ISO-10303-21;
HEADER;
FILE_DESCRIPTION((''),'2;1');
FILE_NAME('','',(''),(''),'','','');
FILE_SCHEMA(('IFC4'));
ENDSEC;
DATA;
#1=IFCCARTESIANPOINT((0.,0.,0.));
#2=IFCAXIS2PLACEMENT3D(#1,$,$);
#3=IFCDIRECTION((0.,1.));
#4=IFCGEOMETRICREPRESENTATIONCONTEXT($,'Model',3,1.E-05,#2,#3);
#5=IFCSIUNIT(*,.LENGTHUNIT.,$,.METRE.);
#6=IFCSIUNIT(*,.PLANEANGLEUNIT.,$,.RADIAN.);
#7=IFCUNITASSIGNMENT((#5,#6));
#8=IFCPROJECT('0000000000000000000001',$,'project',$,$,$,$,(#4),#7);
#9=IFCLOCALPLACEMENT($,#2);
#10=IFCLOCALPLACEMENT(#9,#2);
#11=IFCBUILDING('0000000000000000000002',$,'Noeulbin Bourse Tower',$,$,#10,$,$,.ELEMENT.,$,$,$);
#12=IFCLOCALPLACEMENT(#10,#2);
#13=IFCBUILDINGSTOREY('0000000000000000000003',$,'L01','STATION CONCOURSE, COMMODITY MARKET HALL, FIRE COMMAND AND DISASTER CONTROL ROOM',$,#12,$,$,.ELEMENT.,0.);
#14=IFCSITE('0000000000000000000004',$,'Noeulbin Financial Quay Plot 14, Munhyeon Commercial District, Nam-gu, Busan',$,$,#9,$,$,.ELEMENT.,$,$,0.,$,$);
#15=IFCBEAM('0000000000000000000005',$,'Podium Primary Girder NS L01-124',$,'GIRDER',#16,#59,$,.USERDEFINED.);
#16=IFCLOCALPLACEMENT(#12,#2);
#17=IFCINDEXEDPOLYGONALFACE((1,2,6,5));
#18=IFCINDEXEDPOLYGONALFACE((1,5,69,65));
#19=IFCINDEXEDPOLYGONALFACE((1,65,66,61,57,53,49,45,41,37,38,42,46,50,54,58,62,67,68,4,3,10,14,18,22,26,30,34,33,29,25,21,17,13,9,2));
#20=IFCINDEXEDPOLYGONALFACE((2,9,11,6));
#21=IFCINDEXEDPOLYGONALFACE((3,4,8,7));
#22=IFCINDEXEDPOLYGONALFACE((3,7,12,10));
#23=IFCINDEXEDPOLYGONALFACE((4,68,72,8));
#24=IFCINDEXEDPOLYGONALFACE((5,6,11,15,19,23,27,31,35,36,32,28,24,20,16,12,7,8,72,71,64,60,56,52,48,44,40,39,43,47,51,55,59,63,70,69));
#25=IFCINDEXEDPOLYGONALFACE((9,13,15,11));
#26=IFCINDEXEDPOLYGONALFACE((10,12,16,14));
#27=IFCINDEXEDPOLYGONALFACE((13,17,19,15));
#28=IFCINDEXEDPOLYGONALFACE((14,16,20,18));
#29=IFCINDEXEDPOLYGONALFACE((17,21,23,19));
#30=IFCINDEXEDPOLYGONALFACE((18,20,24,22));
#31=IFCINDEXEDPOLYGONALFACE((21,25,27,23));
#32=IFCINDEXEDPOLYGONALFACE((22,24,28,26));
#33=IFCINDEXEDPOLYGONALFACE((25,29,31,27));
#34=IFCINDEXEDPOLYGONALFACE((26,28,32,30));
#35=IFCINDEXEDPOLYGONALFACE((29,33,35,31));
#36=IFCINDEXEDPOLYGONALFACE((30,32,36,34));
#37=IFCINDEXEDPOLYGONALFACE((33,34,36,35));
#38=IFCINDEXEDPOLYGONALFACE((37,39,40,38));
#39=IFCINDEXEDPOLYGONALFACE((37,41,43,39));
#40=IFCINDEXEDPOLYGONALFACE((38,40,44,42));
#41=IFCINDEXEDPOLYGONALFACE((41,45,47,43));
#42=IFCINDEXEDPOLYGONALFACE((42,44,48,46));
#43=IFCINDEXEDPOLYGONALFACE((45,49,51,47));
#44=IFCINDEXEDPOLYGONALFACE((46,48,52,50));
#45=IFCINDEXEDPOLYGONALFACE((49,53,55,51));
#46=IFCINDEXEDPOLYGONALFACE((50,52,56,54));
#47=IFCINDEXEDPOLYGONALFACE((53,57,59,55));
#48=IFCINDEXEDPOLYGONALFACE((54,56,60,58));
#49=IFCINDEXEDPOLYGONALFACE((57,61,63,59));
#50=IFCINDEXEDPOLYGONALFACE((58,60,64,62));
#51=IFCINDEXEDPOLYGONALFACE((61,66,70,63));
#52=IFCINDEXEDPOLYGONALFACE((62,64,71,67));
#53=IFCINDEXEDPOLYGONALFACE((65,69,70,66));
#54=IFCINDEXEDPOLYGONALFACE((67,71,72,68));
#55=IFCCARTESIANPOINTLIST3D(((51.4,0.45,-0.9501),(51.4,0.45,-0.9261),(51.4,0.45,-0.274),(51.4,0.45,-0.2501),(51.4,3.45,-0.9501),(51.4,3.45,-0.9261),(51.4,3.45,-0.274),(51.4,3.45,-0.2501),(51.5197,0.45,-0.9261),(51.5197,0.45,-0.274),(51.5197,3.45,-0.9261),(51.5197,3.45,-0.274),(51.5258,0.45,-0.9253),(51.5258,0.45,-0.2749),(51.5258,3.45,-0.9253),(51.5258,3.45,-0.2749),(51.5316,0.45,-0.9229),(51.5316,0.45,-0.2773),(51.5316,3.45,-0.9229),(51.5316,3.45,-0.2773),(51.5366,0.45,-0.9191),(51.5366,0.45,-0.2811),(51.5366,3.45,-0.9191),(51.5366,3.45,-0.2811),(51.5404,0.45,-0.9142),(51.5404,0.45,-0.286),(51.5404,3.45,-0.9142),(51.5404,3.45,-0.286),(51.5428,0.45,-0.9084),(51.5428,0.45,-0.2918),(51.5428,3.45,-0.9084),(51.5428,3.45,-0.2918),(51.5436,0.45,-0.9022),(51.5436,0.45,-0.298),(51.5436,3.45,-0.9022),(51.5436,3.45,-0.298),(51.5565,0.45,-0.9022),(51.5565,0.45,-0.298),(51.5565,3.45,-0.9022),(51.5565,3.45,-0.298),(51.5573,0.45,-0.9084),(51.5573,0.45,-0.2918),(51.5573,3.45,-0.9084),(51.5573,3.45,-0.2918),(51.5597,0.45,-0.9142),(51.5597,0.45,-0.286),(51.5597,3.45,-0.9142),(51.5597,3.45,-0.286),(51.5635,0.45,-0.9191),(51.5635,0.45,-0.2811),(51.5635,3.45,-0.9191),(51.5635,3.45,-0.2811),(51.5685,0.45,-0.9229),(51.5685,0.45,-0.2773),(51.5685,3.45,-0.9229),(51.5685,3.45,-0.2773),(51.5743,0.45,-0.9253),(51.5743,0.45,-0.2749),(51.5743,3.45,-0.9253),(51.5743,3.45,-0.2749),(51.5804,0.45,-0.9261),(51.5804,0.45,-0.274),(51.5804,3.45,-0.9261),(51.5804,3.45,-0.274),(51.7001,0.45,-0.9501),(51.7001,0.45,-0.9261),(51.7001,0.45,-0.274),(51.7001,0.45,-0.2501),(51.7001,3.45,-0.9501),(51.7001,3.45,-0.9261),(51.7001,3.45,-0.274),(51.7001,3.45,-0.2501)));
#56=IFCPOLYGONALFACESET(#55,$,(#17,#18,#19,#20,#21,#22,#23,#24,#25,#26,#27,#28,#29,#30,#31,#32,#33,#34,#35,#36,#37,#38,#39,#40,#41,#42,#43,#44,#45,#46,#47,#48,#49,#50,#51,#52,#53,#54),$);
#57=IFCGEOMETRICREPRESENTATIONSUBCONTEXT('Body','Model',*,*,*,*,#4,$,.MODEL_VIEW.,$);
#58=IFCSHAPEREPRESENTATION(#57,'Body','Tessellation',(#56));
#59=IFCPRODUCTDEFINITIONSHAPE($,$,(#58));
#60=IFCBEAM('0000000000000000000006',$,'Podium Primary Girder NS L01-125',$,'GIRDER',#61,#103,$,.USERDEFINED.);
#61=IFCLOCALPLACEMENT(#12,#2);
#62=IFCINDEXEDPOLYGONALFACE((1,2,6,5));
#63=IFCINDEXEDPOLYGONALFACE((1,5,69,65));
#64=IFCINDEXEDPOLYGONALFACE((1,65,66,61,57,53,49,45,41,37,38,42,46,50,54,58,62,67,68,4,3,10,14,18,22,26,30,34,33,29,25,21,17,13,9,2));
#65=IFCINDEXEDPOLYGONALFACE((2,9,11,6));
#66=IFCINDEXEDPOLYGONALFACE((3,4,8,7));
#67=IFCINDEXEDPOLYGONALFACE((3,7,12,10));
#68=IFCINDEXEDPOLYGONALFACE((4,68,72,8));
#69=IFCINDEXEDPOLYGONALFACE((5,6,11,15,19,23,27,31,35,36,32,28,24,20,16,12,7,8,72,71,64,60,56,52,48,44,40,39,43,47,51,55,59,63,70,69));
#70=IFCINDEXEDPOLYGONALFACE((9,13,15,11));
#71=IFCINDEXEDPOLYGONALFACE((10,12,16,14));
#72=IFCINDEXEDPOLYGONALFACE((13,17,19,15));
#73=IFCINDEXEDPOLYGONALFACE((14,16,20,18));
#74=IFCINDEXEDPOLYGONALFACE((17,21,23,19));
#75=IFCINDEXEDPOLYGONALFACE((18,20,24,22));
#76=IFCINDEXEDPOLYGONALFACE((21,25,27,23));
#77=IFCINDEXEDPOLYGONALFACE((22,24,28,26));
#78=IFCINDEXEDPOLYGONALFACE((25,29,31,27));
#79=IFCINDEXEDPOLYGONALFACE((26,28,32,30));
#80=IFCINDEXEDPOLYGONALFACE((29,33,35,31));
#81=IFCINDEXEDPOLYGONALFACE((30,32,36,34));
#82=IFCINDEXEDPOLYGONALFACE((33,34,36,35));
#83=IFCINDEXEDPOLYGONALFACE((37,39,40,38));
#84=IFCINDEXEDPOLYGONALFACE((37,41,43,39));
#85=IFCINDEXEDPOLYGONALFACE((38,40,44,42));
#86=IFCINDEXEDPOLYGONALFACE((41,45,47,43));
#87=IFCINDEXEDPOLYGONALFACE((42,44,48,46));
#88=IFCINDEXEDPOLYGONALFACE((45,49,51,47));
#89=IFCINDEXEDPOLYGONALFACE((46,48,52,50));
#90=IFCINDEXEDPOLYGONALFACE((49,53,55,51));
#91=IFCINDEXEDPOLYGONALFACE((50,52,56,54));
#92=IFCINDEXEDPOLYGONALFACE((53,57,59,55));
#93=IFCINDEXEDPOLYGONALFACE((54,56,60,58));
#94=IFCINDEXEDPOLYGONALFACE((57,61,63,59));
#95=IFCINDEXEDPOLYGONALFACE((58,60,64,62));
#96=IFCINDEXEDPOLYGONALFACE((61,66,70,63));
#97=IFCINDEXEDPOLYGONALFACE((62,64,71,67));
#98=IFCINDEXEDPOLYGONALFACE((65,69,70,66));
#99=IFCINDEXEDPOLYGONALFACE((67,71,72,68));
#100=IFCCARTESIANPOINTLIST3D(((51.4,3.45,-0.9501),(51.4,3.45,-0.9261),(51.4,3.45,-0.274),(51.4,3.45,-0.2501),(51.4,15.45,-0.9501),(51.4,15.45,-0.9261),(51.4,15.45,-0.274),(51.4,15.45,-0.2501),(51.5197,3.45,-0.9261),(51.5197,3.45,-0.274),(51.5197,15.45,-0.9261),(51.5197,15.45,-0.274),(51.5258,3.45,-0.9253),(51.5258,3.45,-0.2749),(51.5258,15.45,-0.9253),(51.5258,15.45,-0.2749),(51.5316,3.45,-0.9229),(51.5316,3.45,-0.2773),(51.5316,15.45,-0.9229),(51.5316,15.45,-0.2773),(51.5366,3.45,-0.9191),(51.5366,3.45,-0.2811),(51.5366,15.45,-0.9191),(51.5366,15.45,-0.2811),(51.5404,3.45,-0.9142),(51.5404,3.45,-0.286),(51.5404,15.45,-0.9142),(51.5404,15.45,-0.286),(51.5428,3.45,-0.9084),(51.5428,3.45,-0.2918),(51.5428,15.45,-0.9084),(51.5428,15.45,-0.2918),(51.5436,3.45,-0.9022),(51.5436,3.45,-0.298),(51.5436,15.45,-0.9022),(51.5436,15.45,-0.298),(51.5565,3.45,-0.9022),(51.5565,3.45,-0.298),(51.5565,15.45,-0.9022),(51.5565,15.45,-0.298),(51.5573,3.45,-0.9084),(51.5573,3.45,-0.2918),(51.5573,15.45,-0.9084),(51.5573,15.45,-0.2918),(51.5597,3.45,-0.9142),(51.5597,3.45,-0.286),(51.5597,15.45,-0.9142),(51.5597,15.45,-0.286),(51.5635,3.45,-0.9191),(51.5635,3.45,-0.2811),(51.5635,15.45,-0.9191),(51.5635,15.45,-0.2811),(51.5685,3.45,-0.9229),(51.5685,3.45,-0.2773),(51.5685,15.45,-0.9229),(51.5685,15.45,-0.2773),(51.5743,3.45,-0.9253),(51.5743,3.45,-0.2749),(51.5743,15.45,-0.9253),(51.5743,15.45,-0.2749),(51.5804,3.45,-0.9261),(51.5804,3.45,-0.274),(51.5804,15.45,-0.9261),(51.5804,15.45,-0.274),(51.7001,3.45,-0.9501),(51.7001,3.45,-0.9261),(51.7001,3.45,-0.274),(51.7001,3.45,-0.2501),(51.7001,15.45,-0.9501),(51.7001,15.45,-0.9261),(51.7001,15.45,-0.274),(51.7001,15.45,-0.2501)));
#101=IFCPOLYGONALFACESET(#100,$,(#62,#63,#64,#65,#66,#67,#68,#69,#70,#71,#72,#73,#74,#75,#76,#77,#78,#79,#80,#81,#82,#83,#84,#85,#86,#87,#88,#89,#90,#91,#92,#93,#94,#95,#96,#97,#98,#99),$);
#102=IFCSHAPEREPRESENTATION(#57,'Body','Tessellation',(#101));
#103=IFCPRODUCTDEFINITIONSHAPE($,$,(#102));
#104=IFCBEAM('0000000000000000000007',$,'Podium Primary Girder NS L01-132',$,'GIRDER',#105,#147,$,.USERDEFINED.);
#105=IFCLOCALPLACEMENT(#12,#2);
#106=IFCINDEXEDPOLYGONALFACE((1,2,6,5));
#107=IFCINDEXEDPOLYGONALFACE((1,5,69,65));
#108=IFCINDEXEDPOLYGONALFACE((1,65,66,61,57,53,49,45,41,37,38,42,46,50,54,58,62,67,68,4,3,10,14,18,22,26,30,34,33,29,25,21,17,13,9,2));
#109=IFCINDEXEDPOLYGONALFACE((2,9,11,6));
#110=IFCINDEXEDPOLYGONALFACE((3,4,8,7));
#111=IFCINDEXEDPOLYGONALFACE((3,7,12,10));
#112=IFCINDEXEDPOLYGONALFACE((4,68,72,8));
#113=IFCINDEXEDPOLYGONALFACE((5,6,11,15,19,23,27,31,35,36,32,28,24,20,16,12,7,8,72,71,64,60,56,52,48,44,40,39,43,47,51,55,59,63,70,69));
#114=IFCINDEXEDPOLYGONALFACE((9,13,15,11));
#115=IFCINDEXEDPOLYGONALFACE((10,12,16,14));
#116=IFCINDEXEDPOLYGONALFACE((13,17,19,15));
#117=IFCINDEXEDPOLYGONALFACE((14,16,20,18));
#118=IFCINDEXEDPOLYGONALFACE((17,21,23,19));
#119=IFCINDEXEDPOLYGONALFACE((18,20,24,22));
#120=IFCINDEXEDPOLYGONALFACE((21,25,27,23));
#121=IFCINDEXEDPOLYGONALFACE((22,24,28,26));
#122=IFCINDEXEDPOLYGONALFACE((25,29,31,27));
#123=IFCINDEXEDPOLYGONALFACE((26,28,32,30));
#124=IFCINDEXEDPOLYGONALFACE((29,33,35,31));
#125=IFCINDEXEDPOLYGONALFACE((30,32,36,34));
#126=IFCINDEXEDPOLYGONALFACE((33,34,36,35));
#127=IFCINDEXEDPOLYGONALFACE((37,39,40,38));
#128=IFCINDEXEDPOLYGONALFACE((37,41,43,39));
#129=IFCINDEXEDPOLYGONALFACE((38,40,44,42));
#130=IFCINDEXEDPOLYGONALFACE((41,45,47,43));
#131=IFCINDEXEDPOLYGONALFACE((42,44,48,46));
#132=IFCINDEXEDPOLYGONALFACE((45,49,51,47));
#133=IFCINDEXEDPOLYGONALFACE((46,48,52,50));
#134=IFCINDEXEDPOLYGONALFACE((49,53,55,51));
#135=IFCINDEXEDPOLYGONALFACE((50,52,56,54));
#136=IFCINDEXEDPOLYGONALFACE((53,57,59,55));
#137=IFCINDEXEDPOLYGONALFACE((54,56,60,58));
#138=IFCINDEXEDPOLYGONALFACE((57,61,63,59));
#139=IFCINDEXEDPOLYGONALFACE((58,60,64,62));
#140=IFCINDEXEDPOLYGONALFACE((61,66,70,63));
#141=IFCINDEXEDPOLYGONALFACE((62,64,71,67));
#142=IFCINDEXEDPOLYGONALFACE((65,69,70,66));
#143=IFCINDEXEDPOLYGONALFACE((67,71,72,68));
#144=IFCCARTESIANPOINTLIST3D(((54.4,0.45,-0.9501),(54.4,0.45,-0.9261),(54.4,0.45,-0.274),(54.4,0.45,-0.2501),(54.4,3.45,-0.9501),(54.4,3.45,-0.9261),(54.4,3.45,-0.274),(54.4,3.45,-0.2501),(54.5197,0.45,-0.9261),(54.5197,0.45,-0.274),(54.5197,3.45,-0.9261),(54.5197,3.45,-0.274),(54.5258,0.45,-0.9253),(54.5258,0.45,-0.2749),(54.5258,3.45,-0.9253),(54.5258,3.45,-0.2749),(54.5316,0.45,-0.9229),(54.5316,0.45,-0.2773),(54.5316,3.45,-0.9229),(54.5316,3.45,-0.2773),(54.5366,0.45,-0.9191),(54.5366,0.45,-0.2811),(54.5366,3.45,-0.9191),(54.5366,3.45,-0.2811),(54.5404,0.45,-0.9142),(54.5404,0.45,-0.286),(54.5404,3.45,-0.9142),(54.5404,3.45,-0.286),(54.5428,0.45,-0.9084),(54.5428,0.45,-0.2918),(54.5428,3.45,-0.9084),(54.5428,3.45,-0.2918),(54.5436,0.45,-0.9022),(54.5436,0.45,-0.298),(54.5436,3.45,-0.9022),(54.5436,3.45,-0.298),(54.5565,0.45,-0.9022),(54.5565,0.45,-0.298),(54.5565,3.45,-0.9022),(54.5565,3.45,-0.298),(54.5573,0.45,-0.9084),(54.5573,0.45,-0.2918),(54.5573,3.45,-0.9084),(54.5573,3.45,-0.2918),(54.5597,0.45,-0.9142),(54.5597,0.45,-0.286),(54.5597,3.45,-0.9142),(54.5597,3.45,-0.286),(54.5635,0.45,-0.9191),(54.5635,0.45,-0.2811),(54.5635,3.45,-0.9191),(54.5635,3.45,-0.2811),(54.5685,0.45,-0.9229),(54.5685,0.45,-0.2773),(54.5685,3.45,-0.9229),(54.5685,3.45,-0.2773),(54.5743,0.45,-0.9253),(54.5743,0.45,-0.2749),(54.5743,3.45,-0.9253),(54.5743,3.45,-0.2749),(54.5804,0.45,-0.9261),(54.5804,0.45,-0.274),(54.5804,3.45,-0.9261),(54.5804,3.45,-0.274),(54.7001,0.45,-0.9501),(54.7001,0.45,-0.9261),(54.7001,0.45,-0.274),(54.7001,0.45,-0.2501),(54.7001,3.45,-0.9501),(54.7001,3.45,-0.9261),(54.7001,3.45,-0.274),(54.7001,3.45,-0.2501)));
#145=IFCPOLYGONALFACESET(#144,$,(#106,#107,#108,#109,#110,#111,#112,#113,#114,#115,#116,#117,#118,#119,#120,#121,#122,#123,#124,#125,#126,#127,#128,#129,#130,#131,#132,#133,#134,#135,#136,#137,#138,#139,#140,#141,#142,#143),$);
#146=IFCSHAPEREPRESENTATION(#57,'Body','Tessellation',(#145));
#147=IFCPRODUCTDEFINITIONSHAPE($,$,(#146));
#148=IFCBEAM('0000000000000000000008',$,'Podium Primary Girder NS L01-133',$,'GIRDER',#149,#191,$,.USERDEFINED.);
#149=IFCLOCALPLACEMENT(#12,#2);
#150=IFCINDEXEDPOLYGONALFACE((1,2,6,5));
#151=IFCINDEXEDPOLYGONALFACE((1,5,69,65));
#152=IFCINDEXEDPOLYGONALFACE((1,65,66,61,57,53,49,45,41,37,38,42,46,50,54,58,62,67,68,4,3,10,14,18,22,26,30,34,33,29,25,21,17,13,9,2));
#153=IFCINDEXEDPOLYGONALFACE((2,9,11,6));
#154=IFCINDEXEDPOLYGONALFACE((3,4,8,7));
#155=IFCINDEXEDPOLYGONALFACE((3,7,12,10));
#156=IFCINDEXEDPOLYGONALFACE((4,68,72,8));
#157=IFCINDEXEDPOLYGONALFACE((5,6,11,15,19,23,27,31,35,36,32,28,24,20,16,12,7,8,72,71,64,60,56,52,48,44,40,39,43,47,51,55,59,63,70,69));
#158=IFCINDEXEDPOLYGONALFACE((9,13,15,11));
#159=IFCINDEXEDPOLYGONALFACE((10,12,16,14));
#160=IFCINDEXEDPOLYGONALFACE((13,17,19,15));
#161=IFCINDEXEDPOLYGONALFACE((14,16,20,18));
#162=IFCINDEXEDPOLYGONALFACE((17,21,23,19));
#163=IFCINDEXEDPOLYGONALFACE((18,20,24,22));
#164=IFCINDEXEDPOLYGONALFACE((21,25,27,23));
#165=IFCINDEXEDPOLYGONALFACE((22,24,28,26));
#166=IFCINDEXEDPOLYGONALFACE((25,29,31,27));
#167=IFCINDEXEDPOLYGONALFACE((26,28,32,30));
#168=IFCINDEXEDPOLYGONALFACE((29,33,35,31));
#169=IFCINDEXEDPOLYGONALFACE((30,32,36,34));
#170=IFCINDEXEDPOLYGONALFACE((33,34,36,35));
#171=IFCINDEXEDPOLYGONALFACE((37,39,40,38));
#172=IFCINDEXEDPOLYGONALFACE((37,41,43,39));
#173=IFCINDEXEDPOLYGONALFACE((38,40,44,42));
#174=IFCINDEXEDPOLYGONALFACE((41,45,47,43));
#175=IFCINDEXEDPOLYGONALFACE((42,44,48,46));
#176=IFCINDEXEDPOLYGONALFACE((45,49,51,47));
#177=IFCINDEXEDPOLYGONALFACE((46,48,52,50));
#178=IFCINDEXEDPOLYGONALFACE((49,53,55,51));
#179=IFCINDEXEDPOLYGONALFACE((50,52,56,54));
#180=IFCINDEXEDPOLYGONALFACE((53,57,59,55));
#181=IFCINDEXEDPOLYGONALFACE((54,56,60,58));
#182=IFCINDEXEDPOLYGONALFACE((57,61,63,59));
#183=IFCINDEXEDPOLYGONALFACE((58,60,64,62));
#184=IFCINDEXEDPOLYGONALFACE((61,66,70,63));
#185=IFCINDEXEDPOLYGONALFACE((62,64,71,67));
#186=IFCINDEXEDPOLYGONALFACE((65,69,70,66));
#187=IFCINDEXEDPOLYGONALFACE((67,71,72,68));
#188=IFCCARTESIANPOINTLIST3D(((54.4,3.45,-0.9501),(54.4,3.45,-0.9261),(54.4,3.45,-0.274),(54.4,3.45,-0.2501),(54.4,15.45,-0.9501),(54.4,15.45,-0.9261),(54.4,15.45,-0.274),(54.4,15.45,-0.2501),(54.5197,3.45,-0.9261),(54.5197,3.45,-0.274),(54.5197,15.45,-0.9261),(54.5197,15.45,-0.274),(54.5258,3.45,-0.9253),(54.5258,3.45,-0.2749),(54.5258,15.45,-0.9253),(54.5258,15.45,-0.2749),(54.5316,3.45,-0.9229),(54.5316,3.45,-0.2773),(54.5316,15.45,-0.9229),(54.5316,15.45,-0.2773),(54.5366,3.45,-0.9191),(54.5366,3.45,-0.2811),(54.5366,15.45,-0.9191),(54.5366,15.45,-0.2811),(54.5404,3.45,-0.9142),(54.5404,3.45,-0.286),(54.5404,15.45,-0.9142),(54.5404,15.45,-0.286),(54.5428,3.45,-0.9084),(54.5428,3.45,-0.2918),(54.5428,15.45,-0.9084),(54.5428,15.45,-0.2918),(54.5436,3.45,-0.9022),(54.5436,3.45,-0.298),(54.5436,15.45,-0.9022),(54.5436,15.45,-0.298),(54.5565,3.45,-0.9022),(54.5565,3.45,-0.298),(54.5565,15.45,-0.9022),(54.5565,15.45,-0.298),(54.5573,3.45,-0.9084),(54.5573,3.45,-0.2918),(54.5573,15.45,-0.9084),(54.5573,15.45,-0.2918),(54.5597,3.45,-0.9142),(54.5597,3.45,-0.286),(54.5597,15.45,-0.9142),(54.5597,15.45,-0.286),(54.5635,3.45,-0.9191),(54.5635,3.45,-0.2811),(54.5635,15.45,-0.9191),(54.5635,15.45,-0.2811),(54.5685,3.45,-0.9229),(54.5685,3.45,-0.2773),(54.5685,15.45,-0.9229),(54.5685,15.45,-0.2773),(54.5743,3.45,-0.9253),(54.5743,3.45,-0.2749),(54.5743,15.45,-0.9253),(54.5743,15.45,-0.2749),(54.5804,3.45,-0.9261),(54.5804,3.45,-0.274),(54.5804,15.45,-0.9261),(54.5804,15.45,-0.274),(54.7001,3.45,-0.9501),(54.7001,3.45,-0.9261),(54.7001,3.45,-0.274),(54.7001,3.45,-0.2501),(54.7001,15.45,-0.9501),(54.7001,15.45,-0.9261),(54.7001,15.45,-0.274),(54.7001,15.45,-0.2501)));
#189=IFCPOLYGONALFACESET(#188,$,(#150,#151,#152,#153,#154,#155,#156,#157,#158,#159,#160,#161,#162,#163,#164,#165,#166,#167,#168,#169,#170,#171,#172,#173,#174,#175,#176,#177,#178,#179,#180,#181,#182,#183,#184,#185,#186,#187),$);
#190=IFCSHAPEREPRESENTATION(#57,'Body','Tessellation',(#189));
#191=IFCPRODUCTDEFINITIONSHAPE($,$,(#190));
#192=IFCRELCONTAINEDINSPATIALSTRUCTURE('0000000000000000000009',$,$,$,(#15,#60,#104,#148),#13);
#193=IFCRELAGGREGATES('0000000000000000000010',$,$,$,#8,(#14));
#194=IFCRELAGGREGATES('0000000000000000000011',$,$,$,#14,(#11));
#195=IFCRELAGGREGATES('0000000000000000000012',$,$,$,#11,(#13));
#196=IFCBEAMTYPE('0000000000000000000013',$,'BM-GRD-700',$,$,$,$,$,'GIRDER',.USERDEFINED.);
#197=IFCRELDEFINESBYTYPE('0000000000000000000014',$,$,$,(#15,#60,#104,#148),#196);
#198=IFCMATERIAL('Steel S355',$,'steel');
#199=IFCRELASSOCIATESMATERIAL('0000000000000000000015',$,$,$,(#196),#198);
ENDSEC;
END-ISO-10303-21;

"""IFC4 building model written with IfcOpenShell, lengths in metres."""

from ifc_helpers import new_model, si_unit, direction, frame, origin, origin_2d, place, context, subcontext, project, spatial, i_section, extrude, material, material_profile, profile_set, type_object, element, save


model = new_model("IFC4")

# Units and contexts
model_context = context("Model", 3, precision=1e-05, world=origin(), true_north=direction((0.0, 1.0)))
body_context = subcontext(model_context, "Body", "Model", "MODEL_VIEW")
ifc_project = project(units=[si_unit("LENGTHUNIT", "METRE"), si_unit("PLANEANGLEUNIT", "RADIAN")], contexts=[model_context])

# Site, building, storey
site_placement = place(None, origin())
site = spatial("IfcSite", under=ifc_project, at=site_placement, Name="Noeulbin Financial Quay Plot 14, Munhyeon Commercial District, Nam-gu, Busan", CompositionType="ELEMENT", RefElevation=0.0)
building_placement = place(site_placement, origin())
building = spatial("IfcBuilding", under=site, at=building_placement, Name="Noeulbin Bourse Tower", CompositionType="ELEMENT")
storey_placement = place(building_placement, origin())
storey = spatial("IfcBuildingStorey", under=building, at=storey_placement, Name="L01", Description="STATION CONCOURSE, COMMODITY MARKET HALL, FIRE COMMAND AND DISASTER CONTROL ROOM", CompositionType="ELEMENT", Elevation=0.0)

# Shared definitions
ifc_material_1 = material(Name="Steel S355", Category="steel")

# Beams
ifc_material_profile_1 = material_profile(ifc_material_1, i_section(OverallWidth=0.3, OverallDepth=0.7, WebThickness=0.0129, FlangeThickness=0.0239, FilletRadius=0.0239, at=origin_2d()), Name="H-700x300x13x24", Category="LoadBearing")
ifc_profile_set_1 = profile_set([ifc_material_profile_1], Name="Steel S355")
beam_type_1 = type_object("IfcBeamType", Name="BM-GRD-700", ElementType="GIRDER", PredefinedType="USERDEFINED", material=ifc_profile_set_1)
beam_1_placement = place(storey_placement, frame((51.55, 0.45, -0.6001), z_axis=(0.0, 1.0, 0.0), x_axis=(-1.0, 0.0, 0.0)))
element("IfcBeam", 1, at=beam_1_placement, inside=storey, type_object=beam_type_1, Name="Podium Primary Girder NS L01-124", ObjectType="GIRDER", PredefinedType="USERDEFINED", context=body_context, shape_type="SweptSolid", body=[
    extrude(i_section(OverallWidth=0.3, OverallDepth=0.7, WebThickness=0.0129, FlangeThickness=0.0239, FilletRadius=0.0239, at=origin_2d()), origin(), (0.0, 0.0, 1.0), 3.0),
])
beam_2_placement = place(storey_placement, frame((51.55, 3.45, -0.6001), z_axis=(0.0, 1.0, 0.0), x_axis=(-1.0, 0.0, 0.0)))
element("IfcBeam", 2, at=beam_2_placement, inside=storey, type_object=beam_type_1, Name="Podium Primary Girder NS L01-125", ObjectType="GIRDER", PredefinedType="USERDEFINED", context=body_context, shape_type="SweptSolid", body=[
    extrude(i_section(OverallWidth=0.3, OverallDepth=0.7, WebThickness=0.0129, FlangeThickness=0.0239, FilletRadius=0.0239, at=origin_2d()), origin(), (0.0, 0.0, 1.0), 12.0),
])
beam_3_placement = place(storey_placement, frame((54.55, 0.45, -0.6001), z_axis=(0.0, 1.0, 0.0), x_axis=(-1.0, 0.0, 0.0)))
element("IfcBeam", 3, at=beam_3_placement, inside=storey, type_object=beam_type_1, Name="Podium Primary Girder NS L01-132", ObjectType="GIRDER", PredefinedType="USERDEFINED", context=body_context, shape_type="SweptSolid", body=[
    extrude(i_section(OverallWidth=0.3, OverallDepth=0.7, WebThickness=0.0129, FlangeThickness=0.0239, FilletRadius=0.0239, at=origin_2d()), origin(), (0.0, 0.0, 1.0), 3.0),
])
beam_4_placement = place(storey_placement, frame((54.55, 3.45, -0.6001), z_axis=(0.0, 1.0, 0.0), x_axis=(-1.0, 0.0, 0.0)))
element("IfcBeam", 4, at=beam_4_placement, inside=storey, type_object=beam_type_1, Name="Podium Primary Girder NS L01-133", ObjectType="GIRDER", PredefinedType="USERDEFINED", context=body_context, shape_type="SweptSolid", body=[
    extrude(i_section(OverallWidth=0.3, OverallDepth=0.7, WebThickness=0.0129, FlangeThickness=0.0239, FilletRadius=0.0239, at=origin_2d()), origin(), (0.0, 0.0, 1.0), 12.0),
])

save(model, "model.ifc")
